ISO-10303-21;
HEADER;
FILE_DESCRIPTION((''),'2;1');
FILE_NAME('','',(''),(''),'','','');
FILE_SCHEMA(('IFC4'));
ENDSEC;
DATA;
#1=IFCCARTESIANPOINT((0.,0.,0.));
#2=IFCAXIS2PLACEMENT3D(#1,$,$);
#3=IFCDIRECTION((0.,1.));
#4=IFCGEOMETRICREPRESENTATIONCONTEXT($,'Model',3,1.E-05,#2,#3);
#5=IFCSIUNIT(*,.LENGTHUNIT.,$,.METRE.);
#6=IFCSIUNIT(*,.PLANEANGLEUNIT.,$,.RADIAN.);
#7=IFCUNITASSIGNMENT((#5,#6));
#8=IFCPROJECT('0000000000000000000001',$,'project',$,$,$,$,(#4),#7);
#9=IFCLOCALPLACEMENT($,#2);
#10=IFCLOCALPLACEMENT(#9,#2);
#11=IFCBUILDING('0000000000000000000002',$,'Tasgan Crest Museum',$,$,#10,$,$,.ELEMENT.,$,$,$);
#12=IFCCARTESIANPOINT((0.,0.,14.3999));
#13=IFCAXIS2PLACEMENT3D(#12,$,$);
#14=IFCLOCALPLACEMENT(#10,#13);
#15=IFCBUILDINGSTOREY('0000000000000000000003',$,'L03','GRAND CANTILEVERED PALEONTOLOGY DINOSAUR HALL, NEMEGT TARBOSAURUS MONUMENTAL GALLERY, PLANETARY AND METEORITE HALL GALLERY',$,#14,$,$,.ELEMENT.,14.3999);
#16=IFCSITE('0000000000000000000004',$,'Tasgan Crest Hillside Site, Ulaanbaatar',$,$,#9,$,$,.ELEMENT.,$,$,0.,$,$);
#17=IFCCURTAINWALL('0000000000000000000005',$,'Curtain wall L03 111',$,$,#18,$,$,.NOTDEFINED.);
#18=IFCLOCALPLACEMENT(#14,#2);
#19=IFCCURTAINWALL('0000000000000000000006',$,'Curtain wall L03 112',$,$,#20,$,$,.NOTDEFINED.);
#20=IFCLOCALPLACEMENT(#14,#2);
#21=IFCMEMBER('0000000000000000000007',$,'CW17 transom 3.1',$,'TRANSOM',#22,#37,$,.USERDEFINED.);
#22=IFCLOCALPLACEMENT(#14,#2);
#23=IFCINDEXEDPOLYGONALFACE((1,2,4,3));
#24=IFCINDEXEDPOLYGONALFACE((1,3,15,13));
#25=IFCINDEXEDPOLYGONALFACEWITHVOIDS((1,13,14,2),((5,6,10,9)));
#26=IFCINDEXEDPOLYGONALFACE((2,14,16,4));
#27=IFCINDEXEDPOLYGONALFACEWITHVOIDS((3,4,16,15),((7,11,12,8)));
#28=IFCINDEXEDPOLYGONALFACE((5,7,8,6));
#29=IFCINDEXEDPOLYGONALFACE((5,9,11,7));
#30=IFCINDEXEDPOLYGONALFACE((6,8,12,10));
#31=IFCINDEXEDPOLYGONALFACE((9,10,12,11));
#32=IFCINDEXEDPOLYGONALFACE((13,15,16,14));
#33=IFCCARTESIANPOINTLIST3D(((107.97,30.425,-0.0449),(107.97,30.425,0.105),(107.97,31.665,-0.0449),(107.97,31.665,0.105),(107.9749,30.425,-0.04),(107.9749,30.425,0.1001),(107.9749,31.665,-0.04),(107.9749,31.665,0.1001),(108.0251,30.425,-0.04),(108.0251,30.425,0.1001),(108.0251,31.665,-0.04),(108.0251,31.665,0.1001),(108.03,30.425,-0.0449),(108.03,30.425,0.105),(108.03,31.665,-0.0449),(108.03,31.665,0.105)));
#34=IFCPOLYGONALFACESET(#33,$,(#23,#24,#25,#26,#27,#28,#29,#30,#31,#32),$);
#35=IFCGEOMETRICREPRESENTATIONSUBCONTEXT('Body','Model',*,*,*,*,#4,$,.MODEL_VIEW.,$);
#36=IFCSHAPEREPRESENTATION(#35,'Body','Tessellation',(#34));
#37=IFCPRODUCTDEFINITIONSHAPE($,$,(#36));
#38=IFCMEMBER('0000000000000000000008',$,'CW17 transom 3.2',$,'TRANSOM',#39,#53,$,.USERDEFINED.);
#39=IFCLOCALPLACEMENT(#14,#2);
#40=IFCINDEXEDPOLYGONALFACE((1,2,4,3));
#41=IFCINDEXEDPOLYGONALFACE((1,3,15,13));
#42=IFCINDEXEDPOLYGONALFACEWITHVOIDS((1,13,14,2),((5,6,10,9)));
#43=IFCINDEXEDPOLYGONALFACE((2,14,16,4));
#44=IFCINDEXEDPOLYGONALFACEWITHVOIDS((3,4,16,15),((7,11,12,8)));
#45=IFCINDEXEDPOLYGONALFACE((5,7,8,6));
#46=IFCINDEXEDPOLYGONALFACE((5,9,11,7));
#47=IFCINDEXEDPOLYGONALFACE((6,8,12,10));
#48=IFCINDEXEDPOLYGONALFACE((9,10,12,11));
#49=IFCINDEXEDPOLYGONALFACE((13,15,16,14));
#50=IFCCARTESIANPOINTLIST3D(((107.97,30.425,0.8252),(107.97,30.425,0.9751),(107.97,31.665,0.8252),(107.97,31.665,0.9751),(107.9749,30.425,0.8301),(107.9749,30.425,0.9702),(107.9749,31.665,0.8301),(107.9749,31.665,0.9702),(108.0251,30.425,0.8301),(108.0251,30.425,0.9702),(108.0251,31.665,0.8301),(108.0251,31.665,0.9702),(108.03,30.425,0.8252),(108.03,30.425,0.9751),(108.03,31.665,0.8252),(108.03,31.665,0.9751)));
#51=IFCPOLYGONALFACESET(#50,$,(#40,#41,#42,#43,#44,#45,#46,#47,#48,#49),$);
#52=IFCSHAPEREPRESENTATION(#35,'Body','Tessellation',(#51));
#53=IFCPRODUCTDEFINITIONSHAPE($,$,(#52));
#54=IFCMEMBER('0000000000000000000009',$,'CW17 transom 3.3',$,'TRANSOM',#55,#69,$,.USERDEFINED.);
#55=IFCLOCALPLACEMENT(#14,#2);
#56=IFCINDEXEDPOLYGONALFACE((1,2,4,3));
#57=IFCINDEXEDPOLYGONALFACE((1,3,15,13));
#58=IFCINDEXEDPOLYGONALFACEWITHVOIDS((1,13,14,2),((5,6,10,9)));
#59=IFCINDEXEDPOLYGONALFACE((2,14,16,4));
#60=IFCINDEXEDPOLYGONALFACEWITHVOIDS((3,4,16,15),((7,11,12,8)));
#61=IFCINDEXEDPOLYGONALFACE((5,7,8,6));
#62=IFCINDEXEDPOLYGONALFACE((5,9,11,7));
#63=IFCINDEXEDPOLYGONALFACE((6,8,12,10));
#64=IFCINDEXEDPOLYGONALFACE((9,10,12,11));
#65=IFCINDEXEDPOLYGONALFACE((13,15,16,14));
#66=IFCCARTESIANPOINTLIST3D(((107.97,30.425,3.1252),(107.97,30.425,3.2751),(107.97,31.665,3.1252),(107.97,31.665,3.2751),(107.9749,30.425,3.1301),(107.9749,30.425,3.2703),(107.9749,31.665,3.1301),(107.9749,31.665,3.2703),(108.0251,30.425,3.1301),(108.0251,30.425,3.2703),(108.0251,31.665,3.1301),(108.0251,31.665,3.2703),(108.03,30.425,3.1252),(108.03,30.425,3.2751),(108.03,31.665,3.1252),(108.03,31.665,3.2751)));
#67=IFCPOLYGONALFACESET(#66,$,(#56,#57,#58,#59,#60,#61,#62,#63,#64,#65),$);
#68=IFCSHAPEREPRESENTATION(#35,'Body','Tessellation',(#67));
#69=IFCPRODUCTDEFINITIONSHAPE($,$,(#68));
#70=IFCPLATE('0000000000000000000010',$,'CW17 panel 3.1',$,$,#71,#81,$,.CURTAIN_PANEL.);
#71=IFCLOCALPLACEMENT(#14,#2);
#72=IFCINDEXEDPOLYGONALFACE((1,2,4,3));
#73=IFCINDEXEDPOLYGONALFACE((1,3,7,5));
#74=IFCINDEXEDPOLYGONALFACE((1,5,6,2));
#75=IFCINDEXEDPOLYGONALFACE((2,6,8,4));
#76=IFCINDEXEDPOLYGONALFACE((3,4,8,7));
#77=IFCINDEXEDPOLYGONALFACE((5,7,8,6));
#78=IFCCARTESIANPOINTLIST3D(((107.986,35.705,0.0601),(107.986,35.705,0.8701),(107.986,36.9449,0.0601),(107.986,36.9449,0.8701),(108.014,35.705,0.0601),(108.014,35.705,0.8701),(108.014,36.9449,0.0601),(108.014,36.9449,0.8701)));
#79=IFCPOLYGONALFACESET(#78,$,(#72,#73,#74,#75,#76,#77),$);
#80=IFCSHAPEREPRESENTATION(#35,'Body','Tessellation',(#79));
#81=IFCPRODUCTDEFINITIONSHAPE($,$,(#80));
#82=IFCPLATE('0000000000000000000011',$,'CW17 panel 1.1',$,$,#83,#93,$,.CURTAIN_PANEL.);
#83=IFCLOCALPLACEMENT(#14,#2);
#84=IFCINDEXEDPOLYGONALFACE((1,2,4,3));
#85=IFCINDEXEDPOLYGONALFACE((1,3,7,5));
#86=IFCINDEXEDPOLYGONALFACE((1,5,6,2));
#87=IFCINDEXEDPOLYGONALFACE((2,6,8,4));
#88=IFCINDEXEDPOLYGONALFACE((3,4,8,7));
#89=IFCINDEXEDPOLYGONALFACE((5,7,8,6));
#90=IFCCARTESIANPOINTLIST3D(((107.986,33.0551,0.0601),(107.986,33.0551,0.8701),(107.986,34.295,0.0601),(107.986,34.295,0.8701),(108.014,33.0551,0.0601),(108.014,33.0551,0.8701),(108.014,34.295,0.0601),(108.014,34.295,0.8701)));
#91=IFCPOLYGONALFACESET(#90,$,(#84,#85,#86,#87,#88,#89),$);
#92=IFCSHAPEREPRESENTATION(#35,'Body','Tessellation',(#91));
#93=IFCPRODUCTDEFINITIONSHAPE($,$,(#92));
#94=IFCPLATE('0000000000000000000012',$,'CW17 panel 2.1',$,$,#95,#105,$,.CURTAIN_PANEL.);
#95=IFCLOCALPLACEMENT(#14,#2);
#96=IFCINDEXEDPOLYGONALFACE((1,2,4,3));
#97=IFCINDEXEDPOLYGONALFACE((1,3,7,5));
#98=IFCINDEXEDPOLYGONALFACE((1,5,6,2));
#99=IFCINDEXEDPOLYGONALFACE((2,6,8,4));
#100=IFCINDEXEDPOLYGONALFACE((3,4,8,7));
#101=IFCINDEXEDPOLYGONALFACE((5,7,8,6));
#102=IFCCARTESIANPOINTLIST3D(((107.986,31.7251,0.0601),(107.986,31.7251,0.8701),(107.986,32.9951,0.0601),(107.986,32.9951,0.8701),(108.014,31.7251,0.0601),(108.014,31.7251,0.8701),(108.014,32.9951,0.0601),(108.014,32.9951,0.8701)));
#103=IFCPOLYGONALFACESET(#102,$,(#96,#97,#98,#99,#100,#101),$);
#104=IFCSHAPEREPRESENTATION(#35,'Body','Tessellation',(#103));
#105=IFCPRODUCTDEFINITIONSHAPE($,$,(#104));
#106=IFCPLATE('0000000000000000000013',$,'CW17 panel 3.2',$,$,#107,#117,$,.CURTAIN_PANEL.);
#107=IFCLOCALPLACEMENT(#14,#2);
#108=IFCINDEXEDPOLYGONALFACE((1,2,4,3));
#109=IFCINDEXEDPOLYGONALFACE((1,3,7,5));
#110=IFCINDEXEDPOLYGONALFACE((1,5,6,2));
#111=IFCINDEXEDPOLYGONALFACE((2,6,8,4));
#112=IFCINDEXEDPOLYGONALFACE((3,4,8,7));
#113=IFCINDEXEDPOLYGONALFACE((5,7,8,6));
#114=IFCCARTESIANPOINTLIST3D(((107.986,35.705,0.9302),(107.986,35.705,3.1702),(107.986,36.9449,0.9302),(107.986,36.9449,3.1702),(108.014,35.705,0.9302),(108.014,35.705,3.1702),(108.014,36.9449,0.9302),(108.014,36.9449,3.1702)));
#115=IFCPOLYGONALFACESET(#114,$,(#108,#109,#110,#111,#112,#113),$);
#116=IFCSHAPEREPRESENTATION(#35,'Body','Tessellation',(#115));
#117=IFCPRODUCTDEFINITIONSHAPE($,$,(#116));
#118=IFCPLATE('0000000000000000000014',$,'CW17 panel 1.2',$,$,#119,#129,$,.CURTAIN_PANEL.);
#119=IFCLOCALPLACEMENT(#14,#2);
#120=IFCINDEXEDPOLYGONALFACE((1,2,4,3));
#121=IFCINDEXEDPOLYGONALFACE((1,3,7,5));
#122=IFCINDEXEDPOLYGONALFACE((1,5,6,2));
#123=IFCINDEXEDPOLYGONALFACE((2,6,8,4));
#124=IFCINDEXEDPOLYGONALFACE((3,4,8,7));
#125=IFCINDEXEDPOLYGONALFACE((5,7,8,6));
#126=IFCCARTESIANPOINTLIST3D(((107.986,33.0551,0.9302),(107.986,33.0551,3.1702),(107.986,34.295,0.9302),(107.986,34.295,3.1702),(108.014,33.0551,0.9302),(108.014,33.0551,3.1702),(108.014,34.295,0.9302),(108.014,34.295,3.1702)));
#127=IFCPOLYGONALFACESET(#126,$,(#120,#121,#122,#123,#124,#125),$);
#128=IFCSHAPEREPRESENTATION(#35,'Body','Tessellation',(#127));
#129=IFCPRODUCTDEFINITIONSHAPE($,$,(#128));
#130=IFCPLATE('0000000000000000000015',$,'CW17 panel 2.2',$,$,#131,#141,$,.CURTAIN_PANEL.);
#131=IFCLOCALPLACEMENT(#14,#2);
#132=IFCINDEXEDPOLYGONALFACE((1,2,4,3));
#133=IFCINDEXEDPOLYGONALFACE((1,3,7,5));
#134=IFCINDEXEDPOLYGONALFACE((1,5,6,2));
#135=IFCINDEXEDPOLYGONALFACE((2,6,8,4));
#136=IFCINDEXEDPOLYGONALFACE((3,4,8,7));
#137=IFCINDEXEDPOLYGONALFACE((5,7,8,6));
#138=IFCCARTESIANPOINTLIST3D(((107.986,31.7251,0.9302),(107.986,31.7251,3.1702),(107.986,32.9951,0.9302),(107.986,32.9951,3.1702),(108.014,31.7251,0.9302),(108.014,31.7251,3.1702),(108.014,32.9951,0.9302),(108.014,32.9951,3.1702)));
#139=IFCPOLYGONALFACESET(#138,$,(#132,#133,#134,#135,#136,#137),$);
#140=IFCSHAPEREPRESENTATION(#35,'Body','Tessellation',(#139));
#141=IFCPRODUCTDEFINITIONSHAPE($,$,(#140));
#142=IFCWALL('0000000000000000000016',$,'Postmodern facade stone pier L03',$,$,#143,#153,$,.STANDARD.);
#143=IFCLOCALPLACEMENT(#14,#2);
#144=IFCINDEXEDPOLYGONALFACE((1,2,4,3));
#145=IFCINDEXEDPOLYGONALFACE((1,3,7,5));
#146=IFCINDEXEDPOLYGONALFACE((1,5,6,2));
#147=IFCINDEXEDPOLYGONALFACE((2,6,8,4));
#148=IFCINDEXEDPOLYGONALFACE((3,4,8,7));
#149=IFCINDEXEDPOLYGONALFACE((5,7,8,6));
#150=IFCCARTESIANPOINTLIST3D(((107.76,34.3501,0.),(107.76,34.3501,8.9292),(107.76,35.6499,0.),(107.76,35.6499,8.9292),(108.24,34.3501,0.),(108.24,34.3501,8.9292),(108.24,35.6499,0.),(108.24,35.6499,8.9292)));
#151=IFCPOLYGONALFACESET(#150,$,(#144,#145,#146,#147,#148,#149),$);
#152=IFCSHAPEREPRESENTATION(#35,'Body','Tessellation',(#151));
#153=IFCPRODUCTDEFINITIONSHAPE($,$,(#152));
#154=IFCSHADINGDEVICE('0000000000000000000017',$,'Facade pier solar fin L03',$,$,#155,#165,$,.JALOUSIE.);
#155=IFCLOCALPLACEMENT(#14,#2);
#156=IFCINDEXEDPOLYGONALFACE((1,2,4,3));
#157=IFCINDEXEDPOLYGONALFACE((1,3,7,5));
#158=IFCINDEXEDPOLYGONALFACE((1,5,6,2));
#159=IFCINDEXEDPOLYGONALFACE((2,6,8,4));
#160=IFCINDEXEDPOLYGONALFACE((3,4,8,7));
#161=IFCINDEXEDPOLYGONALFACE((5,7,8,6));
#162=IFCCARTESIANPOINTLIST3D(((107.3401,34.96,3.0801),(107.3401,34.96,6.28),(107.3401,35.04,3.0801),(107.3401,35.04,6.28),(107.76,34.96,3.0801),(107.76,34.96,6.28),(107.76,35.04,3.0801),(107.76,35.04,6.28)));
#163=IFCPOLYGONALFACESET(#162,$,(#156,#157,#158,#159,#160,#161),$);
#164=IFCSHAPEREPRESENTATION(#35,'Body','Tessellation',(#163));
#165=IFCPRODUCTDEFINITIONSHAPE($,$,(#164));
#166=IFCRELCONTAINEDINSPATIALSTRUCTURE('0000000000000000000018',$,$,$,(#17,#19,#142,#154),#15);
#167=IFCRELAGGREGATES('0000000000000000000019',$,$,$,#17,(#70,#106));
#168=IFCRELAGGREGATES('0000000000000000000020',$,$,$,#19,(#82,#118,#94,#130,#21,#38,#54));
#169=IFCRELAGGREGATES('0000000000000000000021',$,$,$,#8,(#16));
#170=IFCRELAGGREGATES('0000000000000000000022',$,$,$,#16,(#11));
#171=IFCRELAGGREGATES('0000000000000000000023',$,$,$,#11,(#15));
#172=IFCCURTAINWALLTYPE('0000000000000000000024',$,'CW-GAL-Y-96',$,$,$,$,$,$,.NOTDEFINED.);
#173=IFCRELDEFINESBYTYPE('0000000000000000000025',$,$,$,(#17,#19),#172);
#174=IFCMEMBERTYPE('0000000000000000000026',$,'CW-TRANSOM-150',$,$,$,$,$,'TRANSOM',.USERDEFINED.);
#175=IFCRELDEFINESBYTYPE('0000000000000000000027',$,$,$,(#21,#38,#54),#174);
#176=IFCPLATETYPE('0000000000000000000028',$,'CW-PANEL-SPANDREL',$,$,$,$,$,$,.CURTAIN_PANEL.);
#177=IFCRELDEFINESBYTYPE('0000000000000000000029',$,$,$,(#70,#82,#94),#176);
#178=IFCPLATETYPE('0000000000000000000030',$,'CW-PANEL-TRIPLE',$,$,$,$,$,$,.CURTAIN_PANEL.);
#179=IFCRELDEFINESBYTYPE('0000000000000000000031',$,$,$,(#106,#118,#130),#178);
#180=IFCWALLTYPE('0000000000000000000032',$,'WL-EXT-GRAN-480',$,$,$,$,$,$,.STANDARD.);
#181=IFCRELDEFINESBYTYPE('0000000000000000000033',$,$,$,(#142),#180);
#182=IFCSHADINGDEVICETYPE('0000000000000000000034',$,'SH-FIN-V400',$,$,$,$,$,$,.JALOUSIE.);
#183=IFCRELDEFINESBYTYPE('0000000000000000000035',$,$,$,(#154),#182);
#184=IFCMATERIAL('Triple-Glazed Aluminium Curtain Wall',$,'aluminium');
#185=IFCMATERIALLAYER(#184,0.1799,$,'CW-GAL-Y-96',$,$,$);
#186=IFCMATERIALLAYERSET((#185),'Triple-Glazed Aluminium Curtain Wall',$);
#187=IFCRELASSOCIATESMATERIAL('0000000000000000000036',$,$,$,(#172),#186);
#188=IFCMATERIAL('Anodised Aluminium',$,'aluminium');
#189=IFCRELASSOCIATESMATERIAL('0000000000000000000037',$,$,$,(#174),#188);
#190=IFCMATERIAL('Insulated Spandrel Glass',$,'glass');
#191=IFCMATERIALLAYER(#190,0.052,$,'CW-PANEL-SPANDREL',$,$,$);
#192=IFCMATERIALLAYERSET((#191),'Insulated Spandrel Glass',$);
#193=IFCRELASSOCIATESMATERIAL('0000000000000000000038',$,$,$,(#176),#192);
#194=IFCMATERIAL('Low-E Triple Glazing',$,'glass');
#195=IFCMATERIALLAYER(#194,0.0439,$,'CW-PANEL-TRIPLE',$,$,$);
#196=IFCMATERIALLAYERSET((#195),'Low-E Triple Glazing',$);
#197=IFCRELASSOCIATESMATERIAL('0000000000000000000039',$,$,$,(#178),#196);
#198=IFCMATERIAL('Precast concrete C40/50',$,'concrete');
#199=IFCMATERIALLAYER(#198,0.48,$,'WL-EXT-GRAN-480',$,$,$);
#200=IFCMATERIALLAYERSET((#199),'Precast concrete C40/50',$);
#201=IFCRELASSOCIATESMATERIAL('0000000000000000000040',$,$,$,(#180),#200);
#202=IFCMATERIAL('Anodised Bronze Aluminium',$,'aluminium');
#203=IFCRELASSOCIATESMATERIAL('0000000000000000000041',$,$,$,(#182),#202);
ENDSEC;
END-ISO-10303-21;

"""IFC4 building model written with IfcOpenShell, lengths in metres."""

from ifc_helpers import new_model, si_unit, direction, frame, frame_2d, origin, origin_2d, place, context, subcontext, project, spatial, rectangle, hollow_rectangle, extrude, material, layer, layer_set, material_profile, profile_set, type_object, element, aggregate, save


model = new_model("IFC4")

# Units and contexts
model_context = context("Model", 3, precision=1e-05, world=origin(), true_north=direction((0.0, 1.0)))
body_context = subcontext(model_context, "Body", "Model", "MODEL_VIEW")
ifc_project = project(units=[si_unit("LENGTHUNIT", "METRE"), si_unit("PLANEANGLEUNIT", "RADIAN")], contexts=[model_context])

# Site, building, storey
site_placement = place(None, origin())
site = spatial("IfcSite", under=ifc_project, at=site_placement, Name="Tasgan Crest Hillside Site, Ulaanbaatar", CompositionType="ELEMENT", RefElevation=0.0)
building_placement = place(site_placement, origin())
building = spatial("IfcBuilding", under=site, at=building_placement, Name="Tasgan Crest Museum", CompositionType="ELEMENT")
storey_placement = place(building_placement, frame((0.0, 0.0, 14.3999)))
storey = spatial("IfcBuildingStorey", under=building, at=storey_placement, Name="L03", Description="GRAND CANTILEVERED PALEONTOLOGY DINOSAUR HALL, NEMEGT TARBOSAURUS MONUMENTAL GALLERY, PLANETARY AND METEORITE HALL GALLERY", CompositionType="ELEMENT", Elevation=14.3999)

# Curtain wall
ifc_material_1 = material(Name="Triple-Glazed Aluminium Curtain Wall", Category="aluminium")
ifc_layer_1 = layer(ifc_material_1, 0.1799, Name="CW-GAL-Y-96")
ifc_layer_set_1 = layer_set([ifc_layer_1], Name="Triple-Glazed Aluminium Curtain Wall")
curtain_wall_type = type_object("IfcCurtainWallType", Name="CW-GAL-Y-96", PredefinedType="NOTDEFINED", material=ifc_layer_set_1)
curtain_wall_1_placement = place(storey_placement, origin())
curtain_wall_1 = element("IfcCurtainWall", 1, at=curtain_wall_1_placement, inside=storey, type_object=curtain_wall_type, Name="Curtain wall L03 111", PredefinedType="NOTDEFINED")

# Curtain wall
curtain_wall_2_placement = place(storey_placement, origin())
curtain_wall_2 = element("IfcCurtainWall", 2, at=curtain_wall_2_placement, inside=storey, type_object=curtain_wall_type, Name="Curtain wall L03 112", PredefinedType="NOTDEFINED")

# Members
ifc_material_2 = material(Name="Anodised Aluminium", Category="aluminium")
ifc_material_profile_1 = material_profile(ifc_material_2, hollow_rectangle(XDim=0.0601, YDim=0.1499, WallThickness=0.0049, at=origin_2d()), Name="ALU TRANSOM 150x60x5")
ifc_profile_set_1 = profile_set([ifc_material_profile_1], Name="Anodised Aluminium")
member_type_1 = type_object("IfcMemberType", Name="CW-TRANSOM-150", ElementType="TRANSOM", PredefinedType="USERDEFINED", material=ifc_profile_set_1)
member_1_placement = place(storey_placement, frame((108.0, 31.665, 0.03), z_axis=(0.0, -1.0, 0.0), x_axis=(1.0, 0.0, 0.0)))
member_1 = element("IfcMember", 3, at=member_1_placement, type_object=member_type_1, Name="CW17 transom 3.1", ObjectType="TRANSOM", PredefinedType="USERDEFINED", context=body_context, shape_type="SweptSolid", body=[
    extrude(hollow_rectangle(XDim=0.0601, YDim=0.1499, WallThickness=0.0049, at=origin_2d()), origin(), (0.0, 0.0, 1.0), 1.24),
])
member_2_placement = place(storey_placement, frame((108.0, 31.665, 0.9001), z_axis=(0.0, -1.0, 0.0), x_axis=(1.0, 0.0, 0.0)))
member_2 = element("IfcMember", 4, at=member_2_placement, type_object=member_type_1, Name="CW17 transom 3.2", ObjectType="TRANSOM", PredefinedType="USERDEFINED", context=body_context, shape_type="SweptSolid", body=[
    extrude(hollow_rectangle(XDim=0.0601, YDim=0.1499, WallThickness=0.0049, at=origin_2d()), origin(), (0.0, 0.0, 1.0), 1.24),
])
member_3_placement = place(storey_placement, frame((108.0, 31.665, 3.2002), z_axis=(0.0, -1.0, 0.0), x_axis=(1.0, 0.0, 0.0)))
member_3 = element("IfcMember", 5, at=member_3_placement, type_object=member_type_1, Name="CW17 transom 3.3", ObjectType="TRANSOM", PredefinedType="USERDEFINED", context=body_context, shape_type="SweptSolid", body=[
    extrude(hollow_rectangle(XDim=0.0601, YDim=0.1499, WallThickness=0.0049, at=origin_2d()), origin(), (0.0, 0.0, 1.0), 1.24),
])

# Plates
ifc_material_3 = material(Name="Insulated Spandrel Glass", Category="glass")
ifc_layer_2 = layer(ifc_material_3, 0.052, Name="CW-PANEL-SPANDREL")
ifc_layer_set_2 = layer_set([ifc_layer_2], Name="Insulated Spandrel Glass")
plate_type_1 = type_object("IfcPlateType", Name="CW-PANEL-SPANDREL", PredefinedType="CURTAIN_PANEL", material=ifc_layer_set_2)
plate_1_placement = place(storey_placement, frame((108.0, 36.325, 0.0601), z_axis=(0.0, 0.0, 1.0), x_axis=(0.0, -1.0, 0.0)))
plate_1 = element("IfcPlate", 6, at=plate_1_placement, type_object=plate_type_1, Name="CW17 panel 3.1", PredefinedType="CURTAIN_PANEL", context=body_context, shape_type="SweptSolid", body=[
    extrude(rectangle(XDim=1.24, YDim=0.0281, at=origin_2d()), origin(), (0.0, 0.0, 1.0), 0.8101),
])
plate_2_placement = place(storey_placement, frame((108.0, 33.675, 0.0601), z_axis=(0.0, 0.0, 1.0), x_axis=(0.0, -1.0, 0.0)))
plate_2 = element("IfcPlate", 7, at=plate_2_placement, type_object=plate_type_1, Name="CW17 panel 1.1", PredefinedType="CURTAIN_PANEL", context=body_context, shape_type="SweptSolid", body=[
    extrude(rectangle(XDim=1.24, YDim=0.0281, at=origin_2d()), origin(), (0.0, 0.0, 1.0), 0.8101),
])
plate_3_placement = place(storey_placement, frame((108.0, 32.3601, 0.0601), z_axis=(0.0, 0.0, 1.0), x_axis=(0.0, -1.0, 0.0)))
plate_3 = element("IfcPlate", 8, at=plate_3_placement, type_object=plate_type_1, Name="CW17 panel 2.1", PredefinedType="CURTAIN_PANEL", context=body_context, shape_type="SweptSolid", body=[
    extrude(rectangle(XDim=1.27, YDim=0.0281, at=origin_2d()), origin(), (0.0, 0.0, 1.0), 0.8101),
])
ifc_material_4 = material(Name="Low-E Triple Glazing", Category="glass")
ifc_layer_3 = layer(ifc_material_4, 0.0439, Name="CW-PANEL-TRIPLE")
ifc_layer_set_3 = layer_set([ifc_layer_3], Name="Low-E Triple Glazing")
plate_type_2 = type_object("IfcPlateType", Name="CW-PANEL-TRIPLE", PredefinedType="CURTAIN_PANEL", material=ifc_layer_set_3)
plate_4_placement = place(storey_placement, frame((108.0, 36.325, 0.9302), z_axis=(0.0, 0.0, 1.0), x_axis=(0.0, -1.0, 0.0)))
plate_4 = element("IfcPlate", 9, at=plate_4_placement, type_object=plate_type_2, Name="CW17 panel 3.2", PredefinedType="CURTAIN_PANEL", context=body_context, shape_type="SweptSolid", body=[
    extrude(rectangle(XDim=1.24, YDim=0.0281, at=origin_2d()), origin(), (0.0, 0.0, 1.0), 2.24),
])
aggregate(curtain_wall_1, [plate_1, plate_4])
plate_5_placement = place(storey_placement, frame((108.0, 33.675, 0.9302), z_axis=(0.0, 0.0, 1.0), x_axis=(0.0, -1.0, 0.0)))
plate_5 = element("IfcPlate", 10, at=plate_5_placement, type_object=plate_type_2, Name="CW17 panel 1.2", PredefinedType="CURTAIN_PANEL", context=body_context, shape_type="SweptSolid", body=[
    extrude(rectangle(XDim=1.24, YDim=0.0281, at=origin_2d()), origin(), (0.0, 0.0, 1.0), 2.24),
])
plate_6_placement = place(storey_placement, frame((108.0, 32.3601, 0.9302), z_axis=(0.0, 0.0, 1.0), x_axis=(0.0, -1.0, 0.0)))
plate_6 = element("IfcPlate", 11, at=plate_6_placement, type_object=plate_type_2, Name="CW17 panel 2.2", PredefinedType="CURTAIN_PANEL", context=body_context, shape_type="SweptSolid", body=[
    extrude(rectangle(XDim=1.27, YDim=0.0281, at=origin_2d()), origin(), (0.0, 0.0, 1.0), 2.24),
])
aggregate(curtain_wall_2, [plate_2, plate_5, plate_3, plate_6, member_1, member_2, member_3])

# Wall
ifc_material_5 = material(Name="Precast concrete C40/50", Category="concrete")
ifc_layer_4 = layer(ifc_material_5, 0.48, Name="WL-EXT-GRAN-480")
ifc_layer_set_4 = layer_set([ifc_layer_4], Name="Precast concrete C40/50")
wall_type = type_object("IfcWallType", Name="WL-EXT-GRAN-480", PredefinedType="STANDARD", material=ifc_layer_set_4)
wall_placement = place(storey_placement, frame((108.0, 35.6499, 0.0), z_axis=(0.0, 0.0, 1.0), x_axis=(0.0, -1.0, 0.0)))
element("IfcWall", 12, at=wall_placement, inside=storey, type_object=wall_type, Name="Postmodern facade stone pier L03", PredefinedType="STANDARD", context=body_context, shape_type="SweptSolid", body=[
    extrude(rectangle(XDim=1.2998, YDim=0.48, at=frame_2d((0.6499, 0.0))), origin(), (0.0, 0.0, 1.0), 8.9292),
])

# Shading device
ifc_material_6 = material(Name="Anodised Bronze Aluminium", Category="aluminium")
shading_device_type = type_object("IfcShadingDeviceType", Name="SH-FIN-V400", PredefinedType="JALOUSIE", material=ifc_material_6)
shading_device_placement = place(storey_placement, frame((107.55, 35.0, 3.0801), z_axis=(0.0, 0.0, 1.0), x_axis=(0.0, -1.0, 0.0)))
element("IfcShadingDevice", 13, at=shading_device_placement, inside=storey, type_object=shading_device_type, Name="Facade pier solar fin L03", PredefinedType="JALOUSIE", context=body_context, shape_type="SweptSolid", body=[
    extrude(rectangle(XDim=0.0801, YDim=0.4199, at=origin_2d()), origin(), (0.0, 0.0, 1.0), 3.2),
])

save(model, "model.ifc")
